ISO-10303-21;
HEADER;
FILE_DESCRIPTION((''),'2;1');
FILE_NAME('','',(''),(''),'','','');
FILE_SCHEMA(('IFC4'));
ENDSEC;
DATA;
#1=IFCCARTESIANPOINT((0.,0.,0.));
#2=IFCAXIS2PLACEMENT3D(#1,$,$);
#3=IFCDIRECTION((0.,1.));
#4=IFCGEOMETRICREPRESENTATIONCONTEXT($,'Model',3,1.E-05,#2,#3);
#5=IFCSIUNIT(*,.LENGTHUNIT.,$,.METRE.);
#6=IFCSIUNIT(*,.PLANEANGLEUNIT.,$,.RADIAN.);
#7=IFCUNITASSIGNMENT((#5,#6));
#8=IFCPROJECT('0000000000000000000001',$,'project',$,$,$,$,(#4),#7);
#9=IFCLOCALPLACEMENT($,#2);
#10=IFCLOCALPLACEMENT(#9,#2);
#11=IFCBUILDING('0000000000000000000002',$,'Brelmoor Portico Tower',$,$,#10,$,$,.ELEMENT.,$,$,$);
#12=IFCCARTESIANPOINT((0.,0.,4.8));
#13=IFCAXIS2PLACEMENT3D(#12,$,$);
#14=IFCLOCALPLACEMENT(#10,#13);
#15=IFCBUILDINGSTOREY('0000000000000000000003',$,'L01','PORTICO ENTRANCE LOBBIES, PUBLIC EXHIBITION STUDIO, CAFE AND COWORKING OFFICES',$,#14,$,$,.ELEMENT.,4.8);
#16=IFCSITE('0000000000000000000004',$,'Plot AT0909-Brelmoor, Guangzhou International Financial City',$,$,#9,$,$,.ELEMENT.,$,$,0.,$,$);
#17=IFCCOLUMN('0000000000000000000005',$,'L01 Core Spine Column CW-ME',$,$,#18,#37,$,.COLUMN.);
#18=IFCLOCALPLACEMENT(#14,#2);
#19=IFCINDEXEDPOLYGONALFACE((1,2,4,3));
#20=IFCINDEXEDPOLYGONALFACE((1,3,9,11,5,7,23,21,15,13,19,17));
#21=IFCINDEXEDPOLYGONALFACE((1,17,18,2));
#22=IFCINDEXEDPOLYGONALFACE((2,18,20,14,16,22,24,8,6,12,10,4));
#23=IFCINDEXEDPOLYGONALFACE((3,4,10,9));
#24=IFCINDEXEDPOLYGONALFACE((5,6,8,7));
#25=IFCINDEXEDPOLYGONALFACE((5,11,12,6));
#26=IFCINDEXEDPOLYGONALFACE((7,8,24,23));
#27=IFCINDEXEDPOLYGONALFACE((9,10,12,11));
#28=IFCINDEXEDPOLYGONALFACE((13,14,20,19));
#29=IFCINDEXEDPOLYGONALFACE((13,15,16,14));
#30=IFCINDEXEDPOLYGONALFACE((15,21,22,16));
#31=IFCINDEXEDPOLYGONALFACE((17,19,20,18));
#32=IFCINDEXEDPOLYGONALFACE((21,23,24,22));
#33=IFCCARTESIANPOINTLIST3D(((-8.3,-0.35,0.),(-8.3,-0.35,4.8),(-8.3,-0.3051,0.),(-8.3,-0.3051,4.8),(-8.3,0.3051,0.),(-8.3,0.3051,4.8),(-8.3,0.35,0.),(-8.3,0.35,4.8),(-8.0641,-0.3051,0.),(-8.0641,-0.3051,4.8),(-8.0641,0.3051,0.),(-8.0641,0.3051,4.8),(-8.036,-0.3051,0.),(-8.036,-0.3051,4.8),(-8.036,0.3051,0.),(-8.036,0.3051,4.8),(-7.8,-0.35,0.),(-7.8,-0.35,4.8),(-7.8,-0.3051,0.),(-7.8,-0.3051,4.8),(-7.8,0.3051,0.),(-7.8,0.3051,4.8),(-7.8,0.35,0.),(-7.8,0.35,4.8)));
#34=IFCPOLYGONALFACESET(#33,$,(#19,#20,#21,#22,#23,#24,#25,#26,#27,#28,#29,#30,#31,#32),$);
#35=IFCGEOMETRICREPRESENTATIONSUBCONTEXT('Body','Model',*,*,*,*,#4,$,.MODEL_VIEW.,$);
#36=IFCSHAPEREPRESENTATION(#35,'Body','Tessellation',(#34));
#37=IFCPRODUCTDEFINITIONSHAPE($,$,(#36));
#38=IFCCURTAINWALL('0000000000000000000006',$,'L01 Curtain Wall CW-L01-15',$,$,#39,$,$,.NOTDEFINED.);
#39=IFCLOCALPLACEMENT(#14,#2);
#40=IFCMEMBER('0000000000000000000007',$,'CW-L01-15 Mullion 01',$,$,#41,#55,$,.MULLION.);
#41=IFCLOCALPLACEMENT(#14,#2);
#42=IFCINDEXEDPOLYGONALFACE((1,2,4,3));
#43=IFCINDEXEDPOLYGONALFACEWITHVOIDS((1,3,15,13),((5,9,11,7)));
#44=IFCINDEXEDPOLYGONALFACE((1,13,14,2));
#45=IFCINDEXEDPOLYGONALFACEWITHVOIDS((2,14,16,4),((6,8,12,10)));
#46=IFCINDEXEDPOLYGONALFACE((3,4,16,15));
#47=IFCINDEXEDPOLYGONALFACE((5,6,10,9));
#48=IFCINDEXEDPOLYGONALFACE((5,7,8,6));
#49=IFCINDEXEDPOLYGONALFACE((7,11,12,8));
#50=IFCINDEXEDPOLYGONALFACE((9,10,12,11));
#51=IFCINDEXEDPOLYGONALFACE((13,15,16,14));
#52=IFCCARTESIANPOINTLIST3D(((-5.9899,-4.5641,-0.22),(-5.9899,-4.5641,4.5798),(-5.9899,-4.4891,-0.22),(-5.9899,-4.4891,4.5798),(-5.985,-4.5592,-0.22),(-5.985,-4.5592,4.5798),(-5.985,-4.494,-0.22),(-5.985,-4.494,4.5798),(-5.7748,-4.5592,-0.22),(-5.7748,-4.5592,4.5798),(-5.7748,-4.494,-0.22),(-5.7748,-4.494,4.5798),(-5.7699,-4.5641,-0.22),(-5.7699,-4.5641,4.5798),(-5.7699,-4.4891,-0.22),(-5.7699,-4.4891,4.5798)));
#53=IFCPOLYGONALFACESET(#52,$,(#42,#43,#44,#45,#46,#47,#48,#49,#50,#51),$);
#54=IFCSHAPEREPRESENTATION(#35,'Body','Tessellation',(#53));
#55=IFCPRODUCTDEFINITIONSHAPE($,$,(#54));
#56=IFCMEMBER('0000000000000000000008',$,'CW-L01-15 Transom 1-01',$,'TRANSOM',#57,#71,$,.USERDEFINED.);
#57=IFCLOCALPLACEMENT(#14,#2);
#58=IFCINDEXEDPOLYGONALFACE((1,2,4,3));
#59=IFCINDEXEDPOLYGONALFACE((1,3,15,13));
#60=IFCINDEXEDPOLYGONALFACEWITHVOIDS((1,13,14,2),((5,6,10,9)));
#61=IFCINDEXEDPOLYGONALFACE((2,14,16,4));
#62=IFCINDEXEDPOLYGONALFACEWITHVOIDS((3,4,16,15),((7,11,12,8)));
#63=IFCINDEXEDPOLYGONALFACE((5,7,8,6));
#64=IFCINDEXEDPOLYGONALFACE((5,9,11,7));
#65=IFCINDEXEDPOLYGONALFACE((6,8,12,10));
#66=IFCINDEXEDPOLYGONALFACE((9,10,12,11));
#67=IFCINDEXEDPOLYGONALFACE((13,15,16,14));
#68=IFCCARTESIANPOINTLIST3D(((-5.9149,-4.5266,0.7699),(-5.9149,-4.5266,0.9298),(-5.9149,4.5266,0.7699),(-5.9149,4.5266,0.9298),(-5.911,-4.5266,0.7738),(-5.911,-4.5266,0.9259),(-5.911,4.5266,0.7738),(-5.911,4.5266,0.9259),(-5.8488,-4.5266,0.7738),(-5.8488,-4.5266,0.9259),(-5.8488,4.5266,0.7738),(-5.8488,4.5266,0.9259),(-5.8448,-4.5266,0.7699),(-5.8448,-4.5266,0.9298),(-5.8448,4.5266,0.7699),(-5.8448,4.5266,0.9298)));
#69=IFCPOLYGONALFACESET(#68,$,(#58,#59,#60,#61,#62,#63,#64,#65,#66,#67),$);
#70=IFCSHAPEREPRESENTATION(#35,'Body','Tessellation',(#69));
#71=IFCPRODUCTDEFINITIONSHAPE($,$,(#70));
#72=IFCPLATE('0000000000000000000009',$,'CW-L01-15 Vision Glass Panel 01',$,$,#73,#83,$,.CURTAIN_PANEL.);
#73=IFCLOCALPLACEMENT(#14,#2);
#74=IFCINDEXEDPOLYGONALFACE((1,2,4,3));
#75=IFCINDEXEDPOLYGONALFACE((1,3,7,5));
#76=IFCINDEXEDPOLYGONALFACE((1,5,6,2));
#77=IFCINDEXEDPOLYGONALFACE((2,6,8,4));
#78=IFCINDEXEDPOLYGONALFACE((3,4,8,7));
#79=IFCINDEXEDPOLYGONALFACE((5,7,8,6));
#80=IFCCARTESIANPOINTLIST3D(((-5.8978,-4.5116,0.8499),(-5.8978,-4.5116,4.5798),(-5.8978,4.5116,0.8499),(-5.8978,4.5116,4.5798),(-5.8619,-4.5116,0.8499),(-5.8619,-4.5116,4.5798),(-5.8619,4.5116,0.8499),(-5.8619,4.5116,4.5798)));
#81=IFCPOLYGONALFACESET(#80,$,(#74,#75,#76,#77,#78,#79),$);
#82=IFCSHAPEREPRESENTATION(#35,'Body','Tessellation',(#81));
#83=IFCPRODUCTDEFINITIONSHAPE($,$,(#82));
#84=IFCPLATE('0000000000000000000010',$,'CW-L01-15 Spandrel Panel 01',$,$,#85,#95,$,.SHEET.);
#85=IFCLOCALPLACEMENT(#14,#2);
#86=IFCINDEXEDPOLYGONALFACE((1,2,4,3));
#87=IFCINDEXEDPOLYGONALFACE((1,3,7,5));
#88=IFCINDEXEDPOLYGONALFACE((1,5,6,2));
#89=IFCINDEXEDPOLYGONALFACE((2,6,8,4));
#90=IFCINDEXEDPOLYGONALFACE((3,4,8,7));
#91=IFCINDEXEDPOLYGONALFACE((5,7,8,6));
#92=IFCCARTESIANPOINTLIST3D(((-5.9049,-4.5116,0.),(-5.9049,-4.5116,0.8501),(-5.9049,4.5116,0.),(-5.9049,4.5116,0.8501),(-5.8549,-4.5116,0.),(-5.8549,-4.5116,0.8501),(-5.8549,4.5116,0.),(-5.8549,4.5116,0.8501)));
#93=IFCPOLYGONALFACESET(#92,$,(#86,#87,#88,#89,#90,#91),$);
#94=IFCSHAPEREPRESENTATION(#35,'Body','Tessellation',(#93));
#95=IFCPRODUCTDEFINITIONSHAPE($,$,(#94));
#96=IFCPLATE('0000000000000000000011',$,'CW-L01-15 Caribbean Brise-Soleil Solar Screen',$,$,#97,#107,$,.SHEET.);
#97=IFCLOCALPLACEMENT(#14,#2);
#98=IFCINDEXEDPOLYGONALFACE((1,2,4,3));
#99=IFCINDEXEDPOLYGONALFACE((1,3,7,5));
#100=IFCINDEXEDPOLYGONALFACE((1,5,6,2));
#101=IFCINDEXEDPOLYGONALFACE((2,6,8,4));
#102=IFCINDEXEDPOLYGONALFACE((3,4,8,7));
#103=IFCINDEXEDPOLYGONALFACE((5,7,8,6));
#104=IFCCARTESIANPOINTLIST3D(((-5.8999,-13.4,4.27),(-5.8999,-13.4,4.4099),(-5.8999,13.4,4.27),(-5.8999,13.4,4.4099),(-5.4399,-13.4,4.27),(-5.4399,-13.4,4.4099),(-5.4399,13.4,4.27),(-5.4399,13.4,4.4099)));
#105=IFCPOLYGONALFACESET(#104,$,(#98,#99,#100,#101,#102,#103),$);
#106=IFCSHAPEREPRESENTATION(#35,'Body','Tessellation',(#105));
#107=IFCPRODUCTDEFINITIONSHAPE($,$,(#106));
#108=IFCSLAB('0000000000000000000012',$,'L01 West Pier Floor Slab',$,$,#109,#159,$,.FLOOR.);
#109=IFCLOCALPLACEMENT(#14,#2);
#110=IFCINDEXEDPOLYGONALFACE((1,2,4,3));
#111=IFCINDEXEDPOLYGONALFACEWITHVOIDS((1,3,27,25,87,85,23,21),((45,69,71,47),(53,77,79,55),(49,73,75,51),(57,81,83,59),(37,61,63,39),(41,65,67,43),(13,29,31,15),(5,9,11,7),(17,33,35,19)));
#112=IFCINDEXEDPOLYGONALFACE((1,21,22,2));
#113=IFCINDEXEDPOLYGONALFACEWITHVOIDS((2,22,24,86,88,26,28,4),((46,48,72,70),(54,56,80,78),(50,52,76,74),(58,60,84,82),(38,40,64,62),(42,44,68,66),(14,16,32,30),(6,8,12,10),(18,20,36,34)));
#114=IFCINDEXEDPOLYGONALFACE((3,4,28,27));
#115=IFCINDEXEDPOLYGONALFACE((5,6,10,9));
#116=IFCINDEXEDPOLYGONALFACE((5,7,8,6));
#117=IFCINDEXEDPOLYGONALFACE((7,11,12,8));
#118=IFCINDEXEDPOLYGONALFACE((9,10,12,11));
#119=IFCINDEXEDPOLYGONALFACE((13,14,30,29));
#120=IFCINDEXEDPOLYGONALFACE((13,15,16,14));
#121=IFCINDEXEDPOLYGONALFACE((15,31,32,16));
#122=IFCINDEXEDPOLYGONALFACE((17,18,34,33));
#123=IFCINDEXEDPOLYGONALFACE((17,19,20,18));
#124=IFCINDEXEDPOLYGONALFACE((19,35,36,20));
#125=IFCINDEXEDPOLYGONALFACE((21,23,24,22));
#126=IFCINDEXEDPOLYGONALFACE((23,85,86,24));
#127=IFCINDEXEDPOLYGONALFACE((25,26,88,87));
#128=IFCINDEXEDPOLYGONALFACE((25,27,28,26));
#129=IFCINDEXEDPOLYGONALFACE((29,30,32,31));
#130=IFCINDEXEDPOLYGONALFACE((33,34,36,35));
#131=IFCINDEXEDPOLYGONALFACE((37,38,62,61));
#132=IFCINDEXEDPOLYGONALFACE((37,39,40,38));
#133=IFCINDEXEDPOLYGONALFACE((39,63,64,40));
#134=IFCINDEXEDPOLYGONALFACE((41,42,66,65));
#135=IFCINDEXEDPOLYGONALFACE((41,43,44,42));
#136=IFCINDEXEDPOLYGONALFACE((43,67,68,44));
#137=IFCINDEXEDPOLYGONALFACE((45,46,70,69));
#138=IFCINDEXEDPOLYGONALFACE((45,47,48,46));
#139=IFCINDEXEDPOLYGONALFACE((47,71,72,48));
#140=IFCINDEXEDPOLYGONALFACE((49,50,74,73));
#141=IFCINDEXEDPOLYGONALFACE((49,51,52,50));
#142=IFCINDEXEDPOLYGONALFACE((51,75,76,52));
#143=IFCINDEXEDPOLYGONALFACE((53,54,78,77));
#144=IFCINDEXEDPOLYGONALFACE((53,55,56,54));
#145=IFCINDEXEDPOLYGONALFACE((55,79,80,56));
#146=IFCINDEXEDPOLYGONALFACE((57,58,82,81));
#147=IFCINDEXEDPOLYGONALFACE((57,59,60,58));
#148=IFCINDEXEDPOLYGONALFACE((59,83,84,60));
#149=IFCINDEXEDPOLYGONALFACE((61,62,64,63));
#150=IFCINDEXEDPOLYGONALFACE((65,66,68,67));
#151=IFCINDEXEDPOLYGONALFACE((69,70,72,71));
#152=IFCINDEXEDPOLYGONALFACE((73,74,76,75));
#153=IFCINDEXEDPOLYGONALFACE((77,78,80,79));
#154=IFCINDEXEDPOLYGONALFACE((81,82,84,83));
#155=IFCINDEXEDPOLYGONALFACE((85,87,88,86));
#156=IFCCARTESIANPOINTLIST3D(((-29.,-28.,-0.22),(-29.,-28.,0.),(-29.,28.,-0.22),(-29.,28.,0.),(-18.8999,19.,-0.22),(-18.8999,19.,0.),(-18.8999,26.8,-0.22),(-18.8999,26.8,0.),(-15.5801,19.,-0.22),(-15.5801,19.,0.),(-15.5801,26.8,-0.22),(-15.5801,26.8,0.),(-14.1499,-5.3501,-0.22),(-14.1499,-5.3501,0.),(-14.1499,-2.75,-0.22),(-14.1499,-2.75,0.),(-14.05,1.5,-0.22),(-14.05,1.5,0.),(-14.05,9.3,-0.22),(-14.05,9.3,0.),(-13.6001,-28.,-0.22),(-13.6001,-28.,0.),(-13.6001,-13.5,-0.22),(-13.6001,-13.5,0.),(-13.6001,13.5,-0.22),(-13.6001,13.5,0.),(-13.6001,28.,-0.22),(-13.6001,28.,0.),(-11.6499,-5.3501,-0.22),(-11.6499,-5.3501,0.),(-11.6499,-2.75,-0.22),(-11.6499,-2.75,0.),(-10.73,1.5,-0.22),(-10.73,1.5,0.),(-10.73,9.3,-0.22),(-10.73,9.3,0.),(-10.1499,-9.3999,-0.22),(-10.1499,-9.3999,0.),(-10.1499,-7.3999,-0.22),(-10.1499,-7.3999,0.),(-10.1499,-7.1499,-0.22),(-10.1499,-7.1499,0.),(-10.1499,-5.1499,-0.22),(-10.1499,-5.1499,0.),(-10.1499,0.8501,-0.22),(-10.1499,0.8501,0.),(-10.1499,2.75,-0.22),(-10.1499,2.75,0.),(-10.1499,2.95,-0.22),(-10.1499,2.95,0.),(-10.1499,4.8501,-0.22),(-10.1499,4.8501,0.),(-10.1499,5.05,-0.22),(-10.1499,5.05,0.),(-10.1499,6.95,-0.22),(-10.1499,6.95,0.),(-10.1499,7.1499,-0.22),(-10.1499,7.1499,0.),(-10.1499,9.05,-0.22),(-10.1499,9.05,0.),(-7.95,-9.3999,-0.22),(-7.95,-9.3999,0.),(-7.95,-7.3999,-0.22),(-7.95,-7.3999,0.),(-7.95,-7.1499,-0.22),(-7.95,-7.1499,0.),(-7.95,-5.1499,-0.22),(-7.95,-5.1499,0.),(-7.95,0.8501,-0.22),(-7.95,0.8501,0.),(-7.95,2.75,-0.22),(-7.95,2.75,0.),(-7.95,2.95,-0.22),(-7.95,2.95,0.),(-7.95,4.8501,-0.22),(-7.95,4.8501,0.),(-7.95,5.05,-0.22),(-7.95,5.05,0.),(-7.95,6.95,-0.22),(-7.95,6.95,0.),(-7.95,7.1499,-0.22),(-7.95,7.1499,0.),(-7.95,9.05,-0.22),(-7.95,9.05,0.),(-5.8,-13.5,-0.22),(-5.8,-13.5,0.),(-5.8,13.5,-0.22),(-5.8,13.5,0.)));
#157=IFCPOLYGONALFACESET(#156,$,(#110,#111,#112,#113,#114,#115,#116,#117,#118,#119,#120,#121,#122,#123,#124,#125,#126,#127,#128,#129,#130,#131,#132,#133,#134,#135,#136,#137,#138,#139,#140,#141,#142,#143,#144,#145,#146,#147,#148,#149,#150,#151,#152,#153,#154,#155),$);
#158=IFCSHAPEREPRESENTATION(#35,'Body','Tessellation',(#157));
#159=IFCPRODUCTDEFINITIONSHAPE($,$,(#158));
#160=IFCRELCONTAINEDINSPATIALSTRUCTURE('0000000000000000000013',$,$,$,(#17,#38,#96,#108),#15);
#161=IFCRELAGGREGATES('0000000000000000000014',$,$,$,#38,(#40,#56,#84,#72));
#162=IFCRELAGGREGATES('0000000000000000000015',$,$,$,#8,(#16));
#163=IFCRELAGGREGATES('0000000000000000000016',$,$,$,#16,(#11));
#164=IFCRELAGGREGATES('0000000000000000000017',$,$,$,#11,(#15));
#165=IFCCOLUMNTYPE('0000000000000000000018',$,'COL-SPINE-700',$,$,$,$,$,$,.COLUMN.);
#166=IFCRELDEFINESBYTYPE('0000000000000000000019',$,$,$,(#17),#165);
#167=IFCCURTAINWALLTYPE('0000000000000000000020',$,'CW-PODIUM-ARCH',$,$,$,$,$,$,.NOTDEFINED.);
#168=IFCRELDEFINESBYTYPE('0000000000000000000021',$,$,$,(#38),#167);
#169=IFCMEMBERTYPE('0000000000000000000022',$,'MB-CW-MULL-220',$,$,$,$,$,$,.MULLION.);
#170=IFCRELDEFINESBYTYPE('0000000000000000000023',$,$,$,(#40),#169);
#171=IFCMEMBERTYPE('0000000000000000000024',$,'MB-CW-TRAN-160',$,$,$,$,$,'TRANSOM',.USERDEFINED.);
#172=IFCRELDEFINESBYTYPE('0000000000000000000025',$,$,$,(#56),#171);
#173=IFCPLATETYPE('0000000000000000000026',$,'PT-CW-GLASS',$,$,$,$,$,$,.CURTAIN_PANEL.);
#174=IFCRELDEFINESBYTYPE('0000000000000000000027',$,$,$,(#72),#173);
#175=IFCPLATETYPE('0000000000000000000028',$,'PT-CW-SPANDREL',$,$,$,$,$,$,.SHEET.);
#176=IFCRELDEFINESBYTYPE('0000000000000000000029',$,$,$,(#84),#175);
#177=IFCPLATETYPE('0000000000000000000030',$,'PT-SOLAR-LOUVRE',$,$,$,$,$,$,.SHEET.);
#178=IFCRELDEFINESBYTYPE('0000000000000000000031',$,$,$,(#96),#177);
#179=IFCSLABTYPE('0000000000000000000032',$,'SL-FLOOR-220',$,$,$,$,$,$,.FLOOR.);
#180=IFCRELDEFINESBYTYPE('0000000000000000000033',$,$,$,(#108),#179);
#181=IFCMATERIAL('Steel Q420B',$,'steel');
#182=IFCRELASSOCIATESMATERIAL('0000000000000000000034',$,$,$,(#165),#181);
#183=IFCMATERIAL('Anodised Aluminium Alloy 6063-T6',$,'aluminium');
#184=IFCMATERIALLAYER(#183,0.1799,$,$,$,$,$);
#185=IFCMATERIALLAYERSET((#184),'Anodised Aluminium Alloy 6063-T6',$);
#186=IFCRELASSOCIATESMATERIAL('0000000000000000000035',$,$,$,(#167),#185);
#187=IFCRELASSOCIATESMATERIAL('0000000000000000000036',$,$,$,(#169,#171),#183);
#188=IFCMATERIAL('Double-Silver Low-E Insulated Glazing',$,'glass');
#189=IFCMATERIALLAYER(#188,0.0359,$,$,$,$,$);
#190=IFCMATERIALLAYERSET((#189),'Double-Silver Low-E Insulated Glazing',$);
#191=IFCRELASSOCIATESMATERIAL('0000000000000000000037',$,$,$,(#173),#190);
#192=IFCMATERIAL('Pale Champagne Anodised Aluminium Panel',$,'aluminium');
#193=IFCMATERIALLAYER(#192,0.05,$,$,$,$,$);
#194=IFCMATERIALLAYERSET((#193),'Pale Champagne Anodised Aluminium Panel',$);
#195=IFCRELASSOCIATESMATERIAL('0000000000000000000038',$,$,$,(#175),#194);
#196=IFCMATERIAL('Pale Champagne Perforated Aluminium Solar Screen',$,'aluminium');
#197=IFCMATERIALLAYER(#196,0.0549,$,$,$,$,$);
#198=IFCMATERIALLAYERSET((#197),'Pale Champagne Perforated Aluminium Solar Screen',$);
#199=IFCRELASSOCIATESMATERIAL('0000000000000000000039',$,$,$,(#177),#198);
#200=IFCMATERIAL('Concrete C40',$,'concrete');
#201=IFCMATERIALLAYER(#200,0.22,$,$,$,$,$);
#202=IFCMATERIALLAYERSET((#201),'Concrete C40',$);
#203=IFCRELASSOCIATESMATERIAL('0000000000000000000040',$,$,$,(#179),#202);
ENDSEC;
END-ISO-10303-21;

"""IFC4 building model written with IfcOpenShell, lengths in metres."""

from ifc_helpers import new_model, si_unit, direction, frame, origin, origin_2d, place, context, subcontext, project, spatial, polyline, rectangle, hollow_rectangle, i_section, outline, extrude, material, layer, layer_set, material_profile, profile_set, type_object, element, aggregate, save


model = new_model("IFC4")

# Units and contexts
model_context = context("Model", 3, precision=1e-05, world=origin(), true_north=direction((0.0, 1.0)))
body_context = subcontext(model_context, "Body", "Model", "MODEL_VIEW")
ifc_project = project(units=[si_unit("LENGTHUNIT", "METRE"), si_unit("PLANEANGLEUNIT", "RADIAN")], contexts=[model_context])

# Site, building, storey
site_placement = place(None, origin())
site = spatial("IfcSite", under=ifc_project, at=site_placement, Name="Plot AT0909-Brelmoor, Guangzhou International Financial City", CompositionType="ELEMENT", RefElevation=0.0)
building_placement = place(site_placement, origin())
building = spatial("IfcBuilding", under=site, at=building_placement, Name="Brelmoor Portico Tower", CompositionType="ELEMENT")
storey_placement = place(building_placement, frame((0.0, 0.0, 4.8)))
storey = spatial("IfcBuildingStorey", under=building, at=storey_placement, Name="L01", Description="PORTICO ENTRANCE LOBBIES, PUBLIC EXHIBITION STUDIO, CAFE AND COWORKING OFFICES", CompositionType="ELEMENT", Elevation=4.8)

# Column
ifc_material_1 = material(Name="Steel Q420B", Category="steel")
ifc_material_profile_1 = material_profile(ifc_material_1, i_section(OverallWidth=0.5, OverallDepth=0.7, WebThickness=0.0281, FlangeThickness=0.0449, at=origin_2d()), Name="HW 700x500x28x45")
ifc_profile_set_1 = profile_set([ifc_material_profile_1], Name="Steel Q420B")
column_type = type_object("IfcColumnType", Name="COL-SPINE-700", PredefinedType="COLUMN", material=ifc_profile_set_1)
column_placement = place(storey_placement, frame((-8.05, 0.0, 0.0), z_axis=(0.0, 0.0, 1.0), x_axis=(1.0, 0.0, 0.0)))
element("IfcColumn", 1, at=column_placement, inside=storey, type_object=column_type, Name="L01 Core Spine Column CW-ME", PredefinedType="COLUMN", context=body_context, shape_type="SweptSolid", body=[
    extrude(i_section(OverallWidth=0.5, OverallDepth=0.7, WebThickness=0.0281, FlangeThickness=0.0449, at=origin_2d()), origin(), (0.0, 0.0, 1.0), 4.8),
])

# Curtain wall, members, plates
ifc_material_2 = material(Name="Anodised Aluminium Alloy 6063-T6", Category="aluminium")
ifc_layer_1 = layer(ifc_material_2, 0.1799)
ifc_layer_set_1 = layer_set([ifc_layer_1], Name="Anodised Aluminium Alloy 6063-T6")
curtain_wall_type = type_object("IfcCurtainWallType", Name="CW-PODIUM-ARCH", PredefinedType="NOTDEFINED", material=ifc_layer_set_1)
curtain_wall_placement = place(storey_placement, origin())
curtain_wall = element("IfcCurtainWall", 2, at=curtain_wall_placement, inside=storey, type_object=curtain_wall_type, Name="L01 Curtain Wall CW-L01-15", PredefinedType="NOTDEFINED")
ifc_material_profile_2 = material_profile(ifc_material_2, hollow_rectangle(XDim=0.075, YDim=0.22, WallThickness=0.0049, at=origin_2d()), Name="ALU MULLION 75x220")
ifc_profile_set_2 = profile_set([ifc_material_profile_2], Name="Anodised Aluminium Alloy 6063-T6")
member_type_1 = type_object("IfcMemberType", Name="MB-CW-MULL-220", PredefinedType="MULLION", material=ifc_profile_set_2)
member_1_placement = place(storey_placement, frame((-5.8799, -4.5266, -0.22), z_axis=(0.0, 0.0, 1.0), x_axis=(0.0, 1.0, 0.0)))
member_1 = element("IfcMember", 3, at=member_1_placement, type_object=member_type_1, Name="CW-L01-15 Mullion 01", PredefinedType="MULLION", context=body_context, shape_type="SweptSolid", body=[
    extrude(hollow_rectangle(XDim=0.075, YDim=0.22, WallThickness=0.0049, at=origin_2d()), origin(), (0.0, 0.0, 1.0), 4.7998),
])
ifc_material_profile_3 = material_profile(ifc_material_2, hollow_rectangle(XDim=0.0701, YDim=0.1599, WallThickness=0.0039, at=origin_2d()), Name="ALU TRANSOM 70x160")
ifc_profile_set_3 = profile_set([ifc_material_profile_3], Name="Anodised Aluminium Alloy 6063-T6")
member_type_2 = type_object("IfcMemberType", Name="MB-CW-TRAN-160", ElementType="TRANSOM", PredefinedType="USERDEFINED", material=ifc_profile_set_3)
member_2_placement = place(storey_placement, frame((-5.8799, -4.5266, 0.8499), z_axis=(0.0, 1.0, 0.0), x_axis=(-1.0, 0.0, 0.0)))
member_2 = element("IfcMember", 4, at=member_2_placement, type_object=member_type_2, Name="CW-L01-15 Transom 1-01", ObjectType="TRANSOM", PredefinedType="USERDEFINED", context=body_context, shape_type="SweptSolid", body=[
    extrude(hollow_rectangle(XDim=0.0701, YDim=0.1599, WallThickness=0.0039, at=origin_2d()), origin(), (0.0, 0.0, 1.0), 9.0532),
])
ifc_material_3 = material(Name="Double-Silver Low-E Insulated Glazing", Category="glass")
ifc_layer_2 = layer(ifc_material_3, 0.0359)
ifc_layer_set_2 = layer_set([ifc_layer_2], Name="Double-Silver Low-E Insulated Glazing")
plate_type_1 = type_object("IfcPlateType", Name="PT-CW-GLASS", PredefinedType="CURTAIN_PANEL", material=ifc_layer_set_2)
plate_1_placement = place(storey_placement, frame((-5.8799, 0.0, 0.8499), z_axis=(0.0, 0.0, 1.0), x_axis=(0.0, 1.0, 0.0)))
plate_1 = element("IfcPlate", 5, at=plate_1_placement, type_object=plate_type_1, Name="CW-L01-15 Vision Glass Panel 01", PredefinedType="CURTAIN_PANEL", context=body_context, shape_type="SweptSolid", body=[
    extrude(rectangle(XDim=9.0232, YDim=0.0359, at=origin_2d()), origin(), (0.0, 0.0, 1.0), 3.73),
])
ifc_material_4 = material(Name="Pale Champagne Anodised Aluminium Panel", Category="aluminium")
ifc_layer_3 = layer(ifc_material_4, 0.05)
ifc_layer_set_3 = layer_set([ifc_layer_3], Name="Pale Champagne Anodised Aluminium Panel")
plate_type_2 = type_object("IfcPlateType", Name="PT-CW-SPANDREL", PredefinedType="SHEET", material=ifc_layer_set_3)
plate_2_placement = place(storey_placement, frame((-5.8799, 0.0, 0.0), z_axis=(0.0, 0.0, 1.0), x_axis=(0.0, 1.0, 0.0)))
plate_2 = element("IfcPlate", 6, at=plate_2_placement, type_object=plate_type_2, Name="CW-L01-15 Spandrel Panel 01", PredefinedType="SHEET", context=body_context, shape_type="SweptSolid", body=[
    extrude(rectangle(XDim=9.0232, YDim=0.05, at=origin_2d()), origin(), (0.0, 0.0, 1.0), 0.8501),
])
aggregate(curtain_wall, [member_1, member_2, plate_2, plate_1])

# Plate
ifc_material_5 = material(Name="Pale Champagne Perforated Aluminium Solar Screen", Category="aluminium")
ifc_layer_4 = layer(ifc_material_5, 0.0549)
ifc_layer_set_4 = layer_set([ifc_layer_4], Name="Pale Champagne Perforated Aluminium Solar Screen")
plate_type_3 = type_object("IfcPlateType", Name="PT-SOLAR-LOUVRE", PredefinedType="SHEET", material=ifc_layer_set_4)
plate_3_placement = place(storey_placement, frame((-5.6699, 0.0, 4.27), z_axis=(0.0, 0.0, 1.0), x_axis=(0.0, 1.0, 0.0)))
element("IfcPlate", 7, at=plate_3_placement, inside=storey, type_object=plate_type_3, Name="CW-L01-15 Caribbean Brise-Soleil Solar Screen", PredefinedType="SHEET", context=body_context, shape_type="SweptSolid", body=[
    extrude(rectangle(XDim=26.8, YDim=0.46, at=origin_2d()), origin(), (0.0, 0.0, 1.0), 0.1399),
])

# Slab
ifc_material_6 = material(Name="Concrete C40", Category="concrete")
ifc_layer_5 = layer(ifc_material_6, 0.22)
ifc_layer_set_5 = layer_set([ifc_layer_5], Name="Concrete C40")
slab_type_1 = type_object("IfcSlabType", Name="SL-FLOOR-220", PredefinedType="FLOOR", material=ifc_layer_set_5)
slab_1_placement = place(storey_placement, frame((0.0, 0.0, -0.22)))
element("IfcSlab", 8, at=slab_1_placement, inside=storey, type_object=slab_type_1, Name="L01 West Pier Floor Slab", PredefinedType="FLOOR", context=body_context, shape_type="SweptSolid", body=[
    extrude(outline(polyline([(-29.0, -28.0), (-13.6001, -28.0), (-13.6001, -13.5), (-5.8, -13.5), (-5.8, 13.5), (-13.6001, 13.5), (-13.6001, 28.0), (-29.0, 28.0), (-29.0, -28.0)]), holes=[polyline([(-10.73, 1.5), (-10.73, 9.3), (-14.05, 9.3), (-14.05, 1.5), (-10.73, 1.5)]), polyline([(-15.5801, 19.0), (-15.5801, 26.8), (-18.8999, 26.8), (-18.8999, 19.0), (-15.5801, 19.0)]), polyline([(-10.1499, 0.8501), (-7.95, 0.8501), (-7.95, 2.75), (-10.1499, 2.75), (-10.1499, 0.8501)]), polyline([(-10.1499, 2.95), (-7.95, 2.95), (-7.95, 4.8501), (-10.1499, 4.8501), (-10.1499, 2.95)]), polyline([(-10.1499, 5.05), (-7.95, 5.05), (-7.95, 6.95), (-10.1499, 6.95), (-10.1499, 5.05)]), polyline([(-10.1499, 7.1499), (-7.95, 7.1499), (-7.95, 9.05), (-10.1499, 9.05), (-10.1499, 7.1499)]), polyline([(-10.1499, -9.3999), (-7.95, -9.3999), (-7.95, -7.3999), (-10.1499, -7.3999), (-10.1499, -9.3999)]), polyline([(-10.1499, -7.1499), (-7.95, -7.1499), (-7.95, -5.1499), (-10.1499, -5.1499), (-10.1499, -7.1499)]), polyline([(-14.1499, -5.3501), (-11.6499, -5.3501), (-11.6499, -2.75), (-14.1499, -2.75), (-14.1499, -5.3501)])]), origin(), (0.0, 0.0, 1.0), 0.22),
])

save(model, "model.ifc")
